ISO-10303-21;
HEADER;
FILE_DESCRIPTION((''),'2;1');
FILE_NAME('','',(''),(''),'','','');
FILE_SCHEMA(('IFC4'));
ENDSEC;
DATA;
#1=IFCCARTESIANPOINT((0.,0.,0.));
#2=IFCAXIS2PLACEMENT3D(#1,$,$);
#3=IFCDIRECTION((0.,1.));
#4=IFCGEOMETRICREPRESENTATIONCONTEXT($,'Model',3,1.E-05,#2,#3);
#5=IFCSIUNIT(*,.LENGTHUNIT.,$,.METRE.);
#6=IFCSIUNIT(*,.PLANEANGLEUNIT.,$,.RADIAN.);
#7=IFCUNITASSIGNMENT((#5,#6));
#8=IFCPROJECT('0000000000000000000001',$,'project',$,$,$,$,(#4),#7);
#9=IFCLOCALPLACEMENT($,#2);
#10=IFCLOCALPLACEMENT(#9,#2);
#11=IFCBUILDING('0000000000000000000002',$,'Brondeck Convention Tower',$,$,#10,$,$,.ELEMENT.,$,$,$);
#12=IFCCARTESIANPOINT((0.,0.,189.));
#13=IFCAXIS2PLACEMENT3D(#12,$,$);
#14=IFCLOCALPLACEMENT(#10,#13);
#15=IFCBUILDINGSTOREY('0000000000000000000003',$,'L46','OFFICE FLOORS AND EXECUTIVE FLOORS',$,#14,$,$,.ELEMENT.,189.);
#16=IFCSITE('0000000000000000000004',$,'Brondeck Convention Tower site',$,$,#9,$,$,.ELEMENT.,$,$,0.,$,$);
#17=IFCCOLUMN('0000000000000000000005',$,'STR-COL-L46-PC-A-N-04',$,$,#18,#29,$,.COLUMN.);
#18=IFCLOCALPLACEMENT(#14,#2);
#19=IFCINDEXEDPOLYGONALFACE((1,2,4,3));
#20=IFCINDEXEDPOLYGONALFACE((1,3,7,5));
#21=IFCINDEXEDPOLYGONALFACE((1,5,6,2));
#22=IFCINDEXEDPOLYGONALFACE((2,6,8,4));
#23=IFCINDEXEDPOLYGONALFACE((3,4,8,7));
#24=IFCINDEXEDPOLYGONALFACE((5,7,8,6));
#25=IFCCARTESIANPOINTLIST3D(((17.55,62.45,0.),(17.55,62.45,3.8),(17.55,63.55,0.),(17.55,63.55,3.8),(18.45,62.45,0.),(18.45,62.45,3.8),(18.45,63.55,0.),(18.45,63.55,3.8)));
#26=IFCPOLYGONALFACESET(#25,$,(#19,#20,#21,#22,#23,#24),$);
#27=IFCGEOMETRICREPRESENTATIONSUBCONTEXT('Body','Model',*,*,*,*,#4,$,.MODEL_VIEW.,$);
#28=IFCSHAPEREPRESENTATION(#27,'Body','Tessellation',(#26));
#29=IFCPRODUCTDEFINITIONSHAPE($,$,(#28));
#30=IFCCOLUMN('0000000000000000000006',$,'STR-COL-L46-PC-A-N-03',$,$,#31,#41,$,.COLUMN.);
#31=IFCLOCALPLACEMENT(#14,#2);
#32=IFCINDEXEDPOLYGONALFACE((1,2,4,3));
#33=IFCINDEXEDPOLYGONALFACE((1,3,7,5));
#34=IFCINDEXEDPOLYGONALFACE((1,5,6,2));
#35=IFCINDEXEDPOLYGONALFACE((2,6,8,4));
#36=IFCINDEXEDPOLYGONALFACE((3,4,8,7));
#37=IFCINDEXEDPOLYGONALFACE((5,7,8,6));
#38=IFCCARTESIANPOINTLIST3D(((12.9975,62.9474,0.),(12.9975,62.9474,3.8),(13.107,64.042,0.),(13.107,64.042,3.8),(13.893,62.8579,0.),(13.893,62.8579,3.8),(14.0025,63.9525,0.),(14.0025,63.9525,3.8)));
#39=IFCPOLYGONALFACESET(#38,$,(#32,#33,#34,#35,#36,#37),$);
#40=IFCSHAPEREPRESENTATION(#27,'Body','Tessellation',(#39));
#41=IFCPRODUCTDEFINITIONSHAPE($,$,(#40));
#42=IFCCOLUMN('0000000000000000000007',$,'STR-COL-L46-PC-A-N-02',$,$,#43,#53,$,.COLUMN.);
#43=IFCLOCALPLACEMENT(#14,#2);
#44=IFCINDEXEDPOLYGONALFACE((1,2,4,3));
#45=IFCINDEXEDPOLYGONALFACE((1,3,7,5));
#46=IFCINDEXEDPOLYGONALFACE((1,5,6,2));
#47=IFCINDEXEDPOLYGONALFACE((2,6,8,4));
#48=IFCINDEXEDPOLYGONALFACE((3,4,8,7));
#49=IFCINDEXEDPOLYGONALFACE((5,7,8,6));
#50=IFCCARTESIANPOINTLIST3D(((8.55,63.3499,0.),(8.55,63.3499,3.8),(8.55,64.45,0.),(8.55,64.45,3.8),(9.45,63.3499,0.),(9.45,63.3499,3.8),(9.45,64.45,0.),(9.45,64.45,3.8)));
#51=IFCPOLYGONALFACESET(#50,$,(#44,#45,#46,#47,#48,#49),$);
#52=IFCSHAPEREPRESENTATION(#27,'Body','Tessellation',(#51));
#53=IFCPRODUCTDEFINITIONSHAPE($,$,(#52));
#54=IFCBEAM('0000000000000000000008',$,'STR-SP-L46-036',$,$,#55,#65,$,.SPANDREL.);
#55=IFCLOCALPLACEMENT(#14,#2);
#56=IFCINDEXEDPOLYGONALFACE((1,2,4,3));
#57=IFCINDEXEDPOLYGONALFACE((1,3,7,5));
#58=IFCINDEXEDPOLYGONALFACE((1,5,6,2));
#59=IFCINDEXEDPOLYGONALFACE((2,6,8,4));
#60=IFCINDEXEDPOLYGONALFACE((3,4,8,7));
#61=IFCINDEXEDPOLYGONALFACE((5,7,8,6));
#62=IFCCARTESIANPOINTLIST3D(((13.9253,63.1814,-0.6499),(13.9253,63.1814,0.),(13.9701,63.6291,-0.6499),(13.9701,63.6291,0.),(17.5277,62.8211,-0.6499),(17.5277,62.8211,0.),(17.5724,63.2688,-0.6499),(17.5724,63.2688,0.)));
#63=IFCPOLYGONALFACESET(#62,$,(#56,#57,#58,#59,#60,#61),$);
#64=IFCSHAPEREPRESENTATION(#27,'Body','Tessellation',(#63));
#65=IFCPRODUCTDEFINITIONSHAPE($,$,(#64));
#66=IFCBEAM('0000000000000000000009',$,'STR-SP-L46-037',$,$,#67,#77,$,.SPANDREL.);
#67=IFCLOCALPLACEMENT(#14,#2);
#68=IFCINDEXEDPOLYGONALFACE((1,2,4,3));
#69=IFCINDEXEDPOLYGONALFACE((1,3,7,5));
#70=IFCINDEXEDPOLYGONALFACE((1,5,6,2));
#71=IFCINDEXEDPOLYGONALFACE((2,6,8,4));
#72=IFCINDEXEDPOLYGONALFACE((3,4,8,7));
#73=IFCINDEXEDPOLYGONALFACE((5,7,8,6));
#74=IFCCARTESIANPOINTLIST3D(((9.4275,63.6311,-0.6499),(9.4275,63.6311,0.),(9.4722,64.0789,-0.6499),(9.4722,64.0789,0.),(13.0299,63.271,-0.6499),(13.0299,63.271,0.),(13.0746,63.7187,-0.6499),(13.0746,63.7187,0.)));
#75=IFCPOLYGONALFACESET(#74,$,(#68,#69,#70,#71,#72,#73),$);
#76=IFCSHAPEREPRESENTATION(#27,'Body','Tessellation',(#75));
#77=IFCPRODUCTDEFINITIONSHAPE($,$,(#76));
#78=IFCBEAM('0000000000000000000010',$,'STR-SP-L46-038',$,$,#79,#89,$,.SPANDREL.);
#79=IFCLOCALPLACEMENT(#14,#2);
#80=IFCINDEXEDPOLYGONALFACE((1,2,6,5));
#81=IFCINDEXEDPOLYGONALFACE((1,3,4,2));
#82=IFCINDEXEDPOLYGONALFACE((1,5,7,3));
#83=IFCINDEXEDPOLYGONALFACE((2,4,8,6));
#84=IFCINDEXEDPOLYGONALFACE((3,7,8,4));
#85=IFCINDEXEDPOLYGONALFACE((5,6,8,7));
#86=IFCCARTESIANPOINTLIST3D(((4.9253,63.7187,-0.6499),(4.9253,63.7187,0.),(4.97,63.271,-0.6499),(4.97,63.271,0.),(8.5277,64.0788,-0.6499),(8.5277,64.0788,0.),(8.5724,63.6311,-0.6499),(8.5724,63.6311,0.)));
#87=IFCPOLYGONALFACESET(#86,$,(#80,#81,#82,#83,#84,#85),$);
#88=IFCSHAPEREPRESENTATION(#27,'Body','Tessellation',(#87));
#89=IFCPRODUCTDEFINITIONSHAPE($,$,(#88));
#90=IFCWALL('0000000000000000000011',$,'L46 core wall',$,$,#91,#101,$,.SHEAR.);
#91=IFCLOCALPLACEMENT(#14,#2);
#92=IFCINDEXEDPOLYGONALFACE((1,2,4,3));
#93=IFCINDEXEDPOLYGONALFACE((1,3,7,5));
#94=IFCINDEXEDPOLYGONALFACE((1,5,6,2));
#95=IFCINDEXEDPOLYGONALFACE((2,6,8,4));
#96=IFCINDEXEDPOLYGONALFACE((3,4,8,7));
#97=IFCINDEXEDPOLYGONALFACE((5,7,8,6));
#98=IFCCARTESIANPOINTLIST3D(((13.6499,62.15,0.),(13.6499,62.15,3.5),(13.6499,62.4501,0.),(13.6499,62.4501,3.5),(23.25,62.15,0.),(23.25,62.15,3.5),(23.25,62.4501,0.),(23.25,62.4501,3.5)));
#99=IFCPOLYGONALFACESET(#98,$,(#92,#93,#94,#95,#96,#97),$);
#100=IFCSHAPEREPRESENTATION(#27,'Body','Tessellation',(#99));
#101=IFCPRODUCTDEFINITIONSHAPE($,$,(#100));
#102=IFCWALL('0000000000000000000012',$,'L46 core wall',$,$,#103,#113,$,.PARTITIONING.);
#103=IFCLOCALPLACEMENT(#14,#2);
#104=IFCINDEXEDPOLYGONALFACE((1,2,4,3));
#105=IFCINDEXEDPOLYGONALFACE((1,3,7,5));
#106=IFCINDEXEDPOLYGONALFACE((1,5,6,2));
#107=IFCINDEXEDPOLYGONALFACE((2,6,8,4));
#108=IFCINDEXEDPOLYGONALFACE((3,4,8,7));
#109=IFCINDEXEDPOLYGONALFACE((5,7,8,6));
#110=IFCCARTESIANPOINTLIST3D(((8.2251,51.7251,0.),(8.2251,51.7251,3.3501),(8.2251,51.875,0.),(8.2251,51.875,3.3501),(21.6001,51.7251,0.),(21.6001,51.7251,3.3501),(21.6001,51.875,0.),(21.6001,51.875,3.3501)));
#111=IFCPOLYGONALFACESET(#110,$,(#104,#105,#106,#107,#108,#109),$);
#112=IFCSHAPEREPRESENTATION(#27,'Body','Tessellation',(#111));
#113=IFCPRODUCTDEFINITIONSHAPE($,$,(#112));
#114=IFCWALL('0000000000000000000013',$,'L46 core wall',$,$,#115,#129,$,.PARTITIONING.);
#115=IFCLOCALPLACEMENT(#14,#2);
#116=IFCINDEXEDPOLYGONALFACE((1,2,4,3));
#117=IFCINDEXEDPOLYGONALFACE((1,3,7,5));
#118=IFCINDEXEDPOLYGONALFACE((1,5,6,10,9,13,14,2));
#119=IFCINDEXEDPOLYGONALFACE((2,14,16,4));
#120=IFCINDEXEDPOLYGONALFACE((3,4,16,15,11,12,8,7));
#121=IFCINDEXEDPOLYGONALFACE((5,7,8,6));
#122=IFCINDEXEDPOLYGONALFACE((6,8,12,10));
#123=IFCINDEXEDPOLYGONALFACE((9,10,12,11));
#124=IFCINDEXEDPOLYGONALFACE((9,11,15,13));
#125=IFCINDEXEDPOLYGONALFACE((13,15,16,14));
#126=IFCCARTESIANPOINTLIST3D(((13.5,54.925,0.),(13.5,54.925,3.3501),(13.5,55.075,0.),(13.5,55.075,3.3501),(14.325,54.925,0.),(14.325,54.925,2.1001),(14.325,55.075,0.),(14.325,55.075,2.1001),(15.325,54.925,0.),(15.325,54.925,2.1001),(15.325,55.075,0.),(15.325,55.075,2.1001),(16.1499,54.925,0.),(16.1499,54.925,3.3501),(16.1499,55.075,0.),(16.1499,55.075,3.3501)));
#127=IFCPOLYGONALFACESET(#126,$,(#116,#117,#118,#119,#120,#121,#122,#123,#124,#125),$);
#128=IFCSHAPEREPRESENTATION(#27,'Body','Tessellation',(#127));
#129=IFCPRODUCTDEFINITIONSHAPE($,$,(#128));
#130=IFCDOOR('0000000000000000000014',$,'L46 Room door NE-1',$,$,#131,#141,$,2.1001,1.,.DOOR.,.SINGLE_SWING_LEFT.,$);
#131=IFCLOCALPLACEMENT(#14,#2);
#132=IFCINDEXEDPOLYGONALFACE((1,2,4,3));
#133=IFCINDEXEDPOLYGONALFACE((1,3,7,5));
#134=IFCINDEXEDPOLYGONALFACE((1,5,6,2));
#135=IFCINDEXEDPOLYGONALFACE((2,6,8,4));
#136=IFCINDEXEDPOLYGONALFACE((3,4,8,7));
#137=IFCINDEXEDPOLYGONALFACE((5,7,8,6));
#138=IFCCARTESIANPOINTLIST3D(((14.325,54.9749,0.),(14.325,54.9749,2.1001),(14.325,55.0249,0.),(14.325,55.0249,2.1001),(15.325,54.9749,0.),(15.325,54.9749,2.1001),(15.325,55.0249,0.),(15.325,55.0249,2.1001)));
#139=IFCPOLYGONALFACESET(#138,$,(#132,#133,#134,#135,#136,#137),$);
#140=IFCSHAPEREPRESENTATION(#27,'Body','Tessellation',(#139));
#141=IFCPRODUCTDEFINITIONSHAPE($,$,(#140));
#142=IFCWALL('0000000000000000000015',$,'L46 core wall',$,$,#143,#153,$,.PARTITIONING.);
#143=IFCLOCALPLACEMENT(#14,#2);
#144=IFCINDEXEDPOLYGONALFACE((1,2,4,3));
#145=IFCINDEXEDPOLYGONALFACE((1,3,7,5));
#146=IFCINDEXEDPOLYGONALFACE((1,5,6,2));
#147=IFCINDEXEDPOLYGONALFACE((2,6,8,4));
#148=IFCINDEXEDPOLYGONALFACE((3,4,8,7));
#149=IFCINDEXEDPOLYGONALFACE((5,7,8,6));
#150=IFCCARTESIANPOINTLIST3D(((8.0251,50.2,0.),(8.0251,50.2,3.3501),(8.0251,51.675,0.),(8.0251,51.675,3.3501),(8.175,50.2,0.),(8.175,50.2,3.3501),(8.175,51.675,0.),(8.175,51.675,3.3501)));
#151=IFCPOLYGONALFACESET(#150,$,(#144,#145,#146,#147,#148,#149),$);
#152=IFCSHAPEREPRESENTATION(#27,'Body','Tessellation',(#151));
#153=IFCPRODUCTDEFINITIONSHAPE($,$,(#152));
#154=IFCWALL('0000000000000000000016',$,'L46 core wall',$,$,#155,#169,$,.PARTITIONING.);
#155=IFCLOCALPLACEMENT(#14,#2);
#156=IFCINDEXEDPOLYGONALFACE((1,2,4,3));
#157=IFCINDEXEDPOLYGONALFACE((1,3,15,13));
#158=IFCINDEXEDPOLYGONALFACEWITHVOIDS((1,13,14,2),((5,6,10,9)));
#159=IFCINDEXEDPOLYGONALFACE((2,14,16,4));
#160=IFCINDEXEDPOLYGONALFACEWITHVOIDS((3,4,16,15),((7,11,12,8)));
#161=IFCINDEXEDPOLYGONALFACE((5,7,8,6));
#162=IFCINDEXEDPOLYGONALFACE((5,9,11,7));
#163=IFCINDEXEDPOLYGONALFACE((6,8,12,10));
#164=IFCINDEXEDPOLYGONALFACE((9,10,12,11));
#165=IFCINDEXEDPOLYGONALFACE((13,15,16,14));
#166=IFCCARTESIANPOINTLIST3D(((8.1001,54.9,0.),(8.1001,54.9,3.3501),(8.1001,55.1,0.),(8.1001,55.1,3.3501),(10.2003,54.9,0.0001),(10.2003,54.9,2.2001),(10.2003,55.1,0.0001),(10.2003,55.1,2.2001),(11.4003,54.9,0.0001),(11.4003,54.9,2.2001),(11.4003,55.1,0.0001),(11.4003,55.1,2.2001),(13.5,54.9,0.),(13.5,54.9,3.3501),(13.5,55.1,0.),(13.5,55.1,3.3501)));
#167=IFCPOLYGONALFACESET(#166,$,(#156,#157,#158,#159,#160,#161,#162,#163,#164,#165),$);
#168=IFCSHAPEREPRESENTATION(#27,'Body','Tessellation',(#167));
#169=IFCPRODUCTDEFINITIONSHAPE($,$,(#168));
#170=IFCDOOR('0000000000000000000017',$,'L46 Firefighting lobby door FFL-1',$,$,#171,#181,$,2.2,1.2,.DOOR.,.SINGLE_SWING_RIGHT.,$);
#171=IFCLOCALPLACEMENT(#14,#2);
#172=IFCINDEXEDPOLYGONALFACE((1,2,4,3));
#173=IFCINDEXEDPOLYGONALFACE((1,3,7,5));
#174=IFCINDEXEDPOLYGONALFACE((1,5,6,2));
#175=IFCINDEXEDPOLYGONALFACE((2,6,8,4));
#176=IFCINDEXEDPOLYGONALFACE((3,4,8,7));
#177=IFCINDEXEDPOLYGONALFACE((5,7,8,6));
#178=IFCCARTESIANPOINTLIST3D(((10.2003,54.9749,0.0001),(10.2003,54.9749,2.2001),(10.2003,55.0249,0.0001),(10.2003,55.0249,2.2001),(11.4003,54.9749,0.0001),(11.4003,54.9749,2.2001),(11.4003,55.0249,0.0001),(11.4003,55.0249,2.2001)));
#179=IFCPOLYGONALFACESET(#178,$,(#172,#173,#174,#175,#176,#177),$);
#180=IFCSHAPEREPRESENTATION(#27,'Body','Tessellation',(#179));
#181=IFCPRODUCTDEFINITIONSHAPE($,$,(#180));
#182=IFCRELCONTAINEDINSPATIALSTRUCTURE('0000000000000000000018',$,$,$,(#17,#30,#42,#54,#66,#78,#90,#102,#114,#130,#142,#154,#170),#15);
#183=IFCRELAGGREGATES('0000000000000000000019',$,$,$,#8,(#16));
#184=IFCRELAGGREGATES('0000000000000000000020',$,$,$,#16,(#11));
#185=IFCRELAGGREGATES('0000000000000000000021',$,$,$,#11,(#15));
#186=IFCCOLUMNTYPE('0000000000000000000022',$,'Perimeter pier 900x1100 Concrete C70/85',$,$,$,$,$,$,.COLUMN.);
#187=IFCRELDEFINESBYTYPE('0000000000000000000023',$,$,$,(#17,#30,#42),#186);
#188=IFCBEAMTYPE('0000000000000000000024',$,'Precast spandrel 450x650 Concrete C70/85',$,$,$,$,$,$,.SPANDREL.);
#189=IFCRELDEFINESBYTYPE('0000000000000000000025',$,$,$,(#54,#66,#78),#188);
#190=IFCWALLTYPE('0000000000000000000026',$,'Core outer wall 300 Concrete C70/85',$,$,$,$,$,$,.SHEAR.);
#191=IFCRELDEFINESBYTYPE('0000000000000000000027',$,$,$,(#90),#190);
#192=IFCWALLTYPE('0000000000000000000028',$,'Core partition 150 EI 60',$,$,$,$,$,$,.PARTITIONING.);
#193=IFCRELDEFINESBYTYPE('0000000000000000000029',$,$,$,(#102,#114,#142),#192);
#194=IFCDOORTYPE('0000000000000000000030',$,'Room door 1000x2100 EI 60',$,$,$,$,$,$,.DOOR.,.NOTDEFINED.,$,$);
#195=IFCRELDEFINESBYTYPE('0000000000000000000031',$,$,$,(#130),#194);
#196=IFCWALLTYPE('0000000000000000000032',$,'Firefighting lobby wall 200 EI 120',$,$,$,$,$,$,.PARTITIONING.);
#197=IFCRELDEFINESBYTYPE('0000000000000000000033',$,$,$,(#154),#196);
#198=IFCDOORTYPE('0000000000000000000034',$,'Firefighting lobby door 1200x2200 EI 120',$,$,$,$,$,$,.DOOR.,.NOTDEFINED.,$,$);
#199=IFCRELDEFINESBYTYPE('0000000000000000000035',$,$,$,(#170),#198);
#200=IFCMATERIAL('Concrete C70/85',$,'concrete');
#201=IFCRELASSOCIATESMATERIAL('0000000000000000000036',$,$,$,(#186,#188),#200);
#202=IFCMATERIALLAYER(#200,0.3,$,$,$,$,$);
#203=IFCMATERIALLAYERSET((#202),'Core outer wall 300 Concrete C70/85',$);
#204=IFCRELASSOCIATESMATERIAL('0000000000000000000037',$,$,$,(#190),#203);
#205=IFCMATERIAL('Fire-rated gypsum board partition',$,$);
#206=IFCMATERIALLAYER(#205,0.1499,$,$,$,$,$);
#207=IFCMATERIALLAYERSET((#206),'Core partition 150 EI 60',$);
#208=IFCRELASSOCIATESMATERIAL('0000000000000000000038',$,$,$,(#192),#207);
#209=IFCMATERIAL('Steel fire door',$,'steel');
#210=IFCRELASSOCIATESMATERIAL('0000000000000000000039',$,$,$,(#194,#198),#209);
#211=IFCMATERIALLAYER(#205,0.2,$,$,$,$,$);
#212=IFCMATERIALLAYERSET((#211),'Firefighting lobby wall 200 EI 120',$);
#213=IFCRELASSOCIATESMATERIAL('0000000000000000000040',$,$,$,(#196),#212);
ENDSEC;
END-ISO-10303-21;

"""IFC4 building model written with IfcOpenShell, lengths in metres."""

from ifc_helpers import new_model, si_unit, direction, frame, frame_2d, origin, origin_2d, place, context, subcontext, project, spatial, rectangle, extrude, material, layer, layer_set, material_profile, profile_set, type_object, element, fill, save


model = new_model("IFC4")

# Units and contexts
model_context = context("Model", 3, precision=1e-05, world=origin(), true_north=direction((0.0, 1.0)))
body_context = subcontext(model_context, "Body", "Model", "MODEL_VIEW")
ifc_project = project(units=[si_unit("LENGTHUNIT", "METRE"), si_unit("PLANEANGLEUNIT", "RADIAN")], contexts=[model_context])

# Site, building, storey
site_placement = place(None, origin())
site = spatial("IfcSite", under=ifc_project, at=site_placement, Name="Brondeck Convention Tower site", CompositionType="ELEMENT", RefElevation=0.0)
building_placement = place(site_placement, origin())
building = spatial("IfcBuilding", under=site, at=building_placement, Name="Brondeck Convention Tower", CompositionType="ELEMENT")
storey_placement = place(building_placement, frame((0.0, 0.0, 189.0)))
storey = spatial("IfcBuildingStorey", under=building, at=storey_placement, Name="L46", Description="OFFICE FLOORS AND EXECUTIVE FLOORS", CompositionType="ELEMENT", Elevation=189.0)

# Columns
ifc_material_1 = material(Name="Concrete C70/85", Category="concrete")
ifc_material_profile_1 = material_profile(ifc_material_1, rectangle(XDim=0.8999, YDim=1.1001, at=origin_2d()), Name="Perimeter pier 900x1100 Concrete C70/85")
ifc_profile_set_1 = profile_set([ifc_material_profile_1], Name="Concrete C70/85")
column_type = type_object("IfcColumnType", Name="Perimeter pier 900x1100 Concrete C70/85", PredefinedType="COLUMN", material=ifc_profile_set_1)
for number, where, z_axis, x_axis, name in (
    (1, (18.0, 63.0, 0.0), (0.0, 0.0, 1.0), (-1.0, 0.0, 0.0), "STR-COL-L46-PC-A-N-04"),
    (2, (13.5, 63.45, 0.0), (0.0, 0.0, 1.0), (-0.995037, 0.099504, 0.0), "STR-COL-L46-PC-A-N-03"),
    (3, (9.0, 63.8999, 0.0), (0.0, 0.0, 1.0), (-1.0, 0.0, 0.0), "STR-COL-L46-PC-A-N-02"),
):
    element("IfcColumn", number, at=place(storey_placement, frame(where, z_axis=z_axis, x_axis=x_axis)), inside=storey, type_object=column_type, Name=name, PredefinedType="COLUMN", context=body_context, shape_type="SweptSolid", body=[
        extrude(rectangle(XDim=0.8999, YDim=1.1001, at=origin_2d()), origin(), (0.0, 0.0, 1.0), 3.8),
    ])

# Beams
ifc_material_profile_2 = material_profile(ifc_material_1, rectangle(XDim=0.45, YDim=0.6499, at=origin_2d()), Name="Precast spandrel 450x650 Concrete C70/85")
ifc_profile_set_2 = profile_set([ifc_material_profile_2], Name="Concrete C70/85")
beam_type = type_object("IfcBeamType", Name="Precast spandrel 450x650 Concrete C70/85", PredefinedType="SPANDREL", material=ifc_profile_set_2)
for number, where, z_axis, x_axis, name in (
    (4, (17.55, 63.0449, -0.325), (-0.995034, 0.099537, 0.0), (-0.099537, -0.995034, 0.0), "STR-SP-L46-036"),
    (5, (13.0522, 63.4949, -0.325), (-0.995041, 0.09947, 0.0), (-0.09947, -0.995041, 0.0), "STR-SP-L46-037"),
    (6, (8.55, 63.855, -0.325), (-0.995041, -0.09947, 0.0), (0.09947, -0.995041, 0.0), "STR-SP-L46-038"),
):
    element("IfcBeam", number, at=place(storey_placement, frame(where, z_axis=z_axis, x_axis=x_axis)), inside=storey, type_object=beam_type, Name=name, PredefinedType="SPANDREL", context=body_context, shape_type="SweptSolid", body=[
        extrude(rectangle(XDim=0.45, YDim=0.6499, at=origin_2d()), origin(), (0.0, 0.0, 1.0), 3.6204),
    ])

# Walls
ifc_layer_1 = layer(ifc_material_1, 0.3)
ifc_layer_set_1 = layer_set([ifc_layer_1], Name="Core outer wall 300 Concrete C70/85")
wall_type_1 = type_object("IfcWallType", Name="Core outer wall 300 Concrete C70/85", PredefinedType="SHEAR", material=ifc_layer_set_1)
wall_1_placement = place(storey_placement, frame((13.6499, 62.3, 0.0), z_axis=(0.0, 0.0, 1.0), x_axis=(1.0, 0.0, 0.0)))
element("IfcWall", 7, at=wall_1_placement, inside=storey, type_object=wall_type_1, Name="L46 core wall", PredefinedType="SHEAR", context=body_context, shape_type="SweptSolid", body=[
    extrude(rectangle(XDim=9.6001, YDim=0.3, at=frame_2d((4.8, 0.0))), origin(), (0.0, 0.0, 1.0), 3.5),
])
ifc_material_2 = material(Name="Fire-rated gypsum board partition")
ifc_layer_2 = layer(ifc_material_2, 0.1499)
ifc_layer_set_2 = layer_set([ifc_layer_2], Name="Core partition 150 EI 60")
wall_type_2 = type_object("IfcWallType", Name="Core partition 150 EI 60", PredefinedType="PARTITIONING", material=ifc_layer_set_2)
wall_2_placement = place(storey_placement, frame((8.2251, 51.8, 0.0), z_axis=(0.0, 0.0, 1.0), x_axis=(1.0, 0.0, 0.0)))
element("IfcWall", 8, at=wall_2_placement, inside=storey, type_object=wall_type_2, Name="L46 core wall", PredefinedType="PARTITIONING", context=body_context, shape_type="SweptSolid", body=[
    extrude(rectangle(XDim=13.375, YDim=0.1499, at=frame_2d((6.6875, 0.0))), origin(), (0.0, 0.0, 1.0), 3.3501),
])

# Wall, opening, door
wall_3_placement = place(storey_placement, frame((13.5, 55.0, 0.0), z_axis=(0.0, 0.0, 1.0), x_axis=(1.0, 0.0, 0.0)))
wall_3 = element("IfcWall", 9, at=wall_3_placement, inside=storey, type_object=wall_type_2, Name="L46 core wall", PredefinedType="PARTITIONING", context=body_context, shape_type="SweptSolid", body=[
    extrude(rectangle(XDim=2.6499, YDim=0.1499, at=frame_2d((1.325, 0.0))), origin(), (0.0, 0.0, 1.0), 3.3501),
])
opening_1_placement = place(wall_3_placement, frame((0.825, 0.0, 0.0)))
opening_1 = element("IfcOpeningElement", 10, at=opening_1_placement, cuts=wall_3, PredefinedType="OPENING", context=body_context, shape_type="SweptSolid", body=[
    extrude(rectangle(XDim=1.0, YDim=2.1001, at=frame_2d((0.5, 1.05))), frame((0.0, 0.085, 0.0), z_axis=(0.0, -1.0, 0.0), x_axis=(1.0, 0.0, 0.0)), (0.0, 0.0, 1.0), 0.1699),
])
ifc_material_3 = material(Name="Steel fire door", Category="steel")
door_type_1 = type_object("IfcDoorType", Name="Room door 1000x2100 EI 60", OperationType="NOTDEFINED", PredefinedType="DOOR", material=ifc_material_3)
door_1_placement = place(opening_1_placement, origin())
door_1 = element("IfcDoor", 11, at=door_1_placement, inside=storey, type_object=door_type_1, Name="L46 Room door NE-1", OperationType="SINGLE_SWING_LEFT", OverallHeight=2.1001, OverallWidth=1.0, PredefinedType="DOOR", context=body_context, shape_type="SweptSolid", body=[
    extrude(rectangle(XDim=1.0, YDim=2.1001, at=frame_2d((0.5, 1.05))), frame((0.0, 0.0249, 0.0), z_axis=(0.0, -1.0, 0.0), x_axis=(1.0, 0.0, 0.0)), (0.0, 0.0, 1.0), 0.05),
])
fill(opening_1, door_1)

# Wall
wall_4_placement = place(storey_placement, frame((8.1001, 50.2, 0.0), z_axis=(0.0, 0.0, 1.0), x_axis=(0.0, 1.0, 0.0)))
element("IfcWall", 12, at=wall_4_placement, inside=storey, type_object=wall_type_2, Name="L46 core wall", PredefinedType="PARTITIONING", context=body_context, shape_type="SweptSolid", body=[
    extrude(rectangle(XDim=1.4751, YDim=0.1499, at=frame_2d((0.7375, 0.0))), origin(), (0.0, 0.0, 1.0), 3.3501),
])

# Wall, opening, door
ifc_layer_3 = layer(ifc_material_2, 0.2)
ifc_layer_set_3 = layer_set([ifc_layer_3], Name="Firefighting lobby wall 200 EI 120")
wall_type_3 = type_object("IfcWallType", Name="Firefighting lobby wall 200 EI 120", PredefinedType="PARTITIONING", material=ifc_layer_set_3)
wall_5_placement = place(storey_placement, frame((8.1001, 55.0, 0.0), z_axis=(0.0, 0.0, 1.0), x_axis=(1.0, 0.0, 0.0)))
wall_5 = element("IfcWall", 13, at=wall_5_placement, inside=storey, type_object=wall_type_3, Name="L46 core wall", PredefinedType="PARTITIONING", context=body_context, shape_type="SweptSolid", body=[
    extrude(rectangle(XDim=5.3999, YDim=0.2, at=frame_2d((2.7, 0.0))), origin(), (0.0, 0.0, 1.0), 3.3501),
])
opening_2_placement = place(wall_5_placement, frame((2.1001, 0.0, 0.0)))
opening_2 = element("IfcOpeningElement", 14, at=opening_2_placement, cuts=wall_5, PredefinedType="OPENING", context=body_context, shape_type="SweptSolid", body=[
    extrude(rectangle(XDim=1.2, YDim=2.2, at=frame_2d((0.6001, 1.1001))), frame((0.0, 0.1099, 0.0), z_axis=(0.0, -1.0, 0.0), x_axis=(1.0, 0.0, 0.0)), (0.0, 0.0, 1.0), 0.22),
])
door_type_2 = type_object("IfcDoorType", Name="Firefighting lobby door 1200x2200 EI 120", OperationType="NOTDEFINED", PredefinedType="DOOR", material=ifc_material_3)
door_2_placement = place(opening_2_placement, origin())
door_2 = element("IfcDoor", 15, at=door_2_placement, inside=storey, type_object=door_type_2, Name="L46 Firefighting lobby door FFL-1", OperationType="SINGLE_SWING_RIGHT", OverallHeight=2.2, OverallWidth=1.2, PredefinedType="DOOR", context=body_context, shape_type="SweptSolid", body=[
    extrude(rectangle(XDim=1.2, YDim=2.2, at=frame_2d((0.6001, 1.1001))), frame((0.0, 0.0249, 0.0), z_axis=(0.0, -1.0, 0.0), x_axis=(1.0, 0.0, 0.0)), (0.0, 0.0, 1.0), 0.05),
])
fill(opening_2, door_2)

save(model, "model.ifc")
